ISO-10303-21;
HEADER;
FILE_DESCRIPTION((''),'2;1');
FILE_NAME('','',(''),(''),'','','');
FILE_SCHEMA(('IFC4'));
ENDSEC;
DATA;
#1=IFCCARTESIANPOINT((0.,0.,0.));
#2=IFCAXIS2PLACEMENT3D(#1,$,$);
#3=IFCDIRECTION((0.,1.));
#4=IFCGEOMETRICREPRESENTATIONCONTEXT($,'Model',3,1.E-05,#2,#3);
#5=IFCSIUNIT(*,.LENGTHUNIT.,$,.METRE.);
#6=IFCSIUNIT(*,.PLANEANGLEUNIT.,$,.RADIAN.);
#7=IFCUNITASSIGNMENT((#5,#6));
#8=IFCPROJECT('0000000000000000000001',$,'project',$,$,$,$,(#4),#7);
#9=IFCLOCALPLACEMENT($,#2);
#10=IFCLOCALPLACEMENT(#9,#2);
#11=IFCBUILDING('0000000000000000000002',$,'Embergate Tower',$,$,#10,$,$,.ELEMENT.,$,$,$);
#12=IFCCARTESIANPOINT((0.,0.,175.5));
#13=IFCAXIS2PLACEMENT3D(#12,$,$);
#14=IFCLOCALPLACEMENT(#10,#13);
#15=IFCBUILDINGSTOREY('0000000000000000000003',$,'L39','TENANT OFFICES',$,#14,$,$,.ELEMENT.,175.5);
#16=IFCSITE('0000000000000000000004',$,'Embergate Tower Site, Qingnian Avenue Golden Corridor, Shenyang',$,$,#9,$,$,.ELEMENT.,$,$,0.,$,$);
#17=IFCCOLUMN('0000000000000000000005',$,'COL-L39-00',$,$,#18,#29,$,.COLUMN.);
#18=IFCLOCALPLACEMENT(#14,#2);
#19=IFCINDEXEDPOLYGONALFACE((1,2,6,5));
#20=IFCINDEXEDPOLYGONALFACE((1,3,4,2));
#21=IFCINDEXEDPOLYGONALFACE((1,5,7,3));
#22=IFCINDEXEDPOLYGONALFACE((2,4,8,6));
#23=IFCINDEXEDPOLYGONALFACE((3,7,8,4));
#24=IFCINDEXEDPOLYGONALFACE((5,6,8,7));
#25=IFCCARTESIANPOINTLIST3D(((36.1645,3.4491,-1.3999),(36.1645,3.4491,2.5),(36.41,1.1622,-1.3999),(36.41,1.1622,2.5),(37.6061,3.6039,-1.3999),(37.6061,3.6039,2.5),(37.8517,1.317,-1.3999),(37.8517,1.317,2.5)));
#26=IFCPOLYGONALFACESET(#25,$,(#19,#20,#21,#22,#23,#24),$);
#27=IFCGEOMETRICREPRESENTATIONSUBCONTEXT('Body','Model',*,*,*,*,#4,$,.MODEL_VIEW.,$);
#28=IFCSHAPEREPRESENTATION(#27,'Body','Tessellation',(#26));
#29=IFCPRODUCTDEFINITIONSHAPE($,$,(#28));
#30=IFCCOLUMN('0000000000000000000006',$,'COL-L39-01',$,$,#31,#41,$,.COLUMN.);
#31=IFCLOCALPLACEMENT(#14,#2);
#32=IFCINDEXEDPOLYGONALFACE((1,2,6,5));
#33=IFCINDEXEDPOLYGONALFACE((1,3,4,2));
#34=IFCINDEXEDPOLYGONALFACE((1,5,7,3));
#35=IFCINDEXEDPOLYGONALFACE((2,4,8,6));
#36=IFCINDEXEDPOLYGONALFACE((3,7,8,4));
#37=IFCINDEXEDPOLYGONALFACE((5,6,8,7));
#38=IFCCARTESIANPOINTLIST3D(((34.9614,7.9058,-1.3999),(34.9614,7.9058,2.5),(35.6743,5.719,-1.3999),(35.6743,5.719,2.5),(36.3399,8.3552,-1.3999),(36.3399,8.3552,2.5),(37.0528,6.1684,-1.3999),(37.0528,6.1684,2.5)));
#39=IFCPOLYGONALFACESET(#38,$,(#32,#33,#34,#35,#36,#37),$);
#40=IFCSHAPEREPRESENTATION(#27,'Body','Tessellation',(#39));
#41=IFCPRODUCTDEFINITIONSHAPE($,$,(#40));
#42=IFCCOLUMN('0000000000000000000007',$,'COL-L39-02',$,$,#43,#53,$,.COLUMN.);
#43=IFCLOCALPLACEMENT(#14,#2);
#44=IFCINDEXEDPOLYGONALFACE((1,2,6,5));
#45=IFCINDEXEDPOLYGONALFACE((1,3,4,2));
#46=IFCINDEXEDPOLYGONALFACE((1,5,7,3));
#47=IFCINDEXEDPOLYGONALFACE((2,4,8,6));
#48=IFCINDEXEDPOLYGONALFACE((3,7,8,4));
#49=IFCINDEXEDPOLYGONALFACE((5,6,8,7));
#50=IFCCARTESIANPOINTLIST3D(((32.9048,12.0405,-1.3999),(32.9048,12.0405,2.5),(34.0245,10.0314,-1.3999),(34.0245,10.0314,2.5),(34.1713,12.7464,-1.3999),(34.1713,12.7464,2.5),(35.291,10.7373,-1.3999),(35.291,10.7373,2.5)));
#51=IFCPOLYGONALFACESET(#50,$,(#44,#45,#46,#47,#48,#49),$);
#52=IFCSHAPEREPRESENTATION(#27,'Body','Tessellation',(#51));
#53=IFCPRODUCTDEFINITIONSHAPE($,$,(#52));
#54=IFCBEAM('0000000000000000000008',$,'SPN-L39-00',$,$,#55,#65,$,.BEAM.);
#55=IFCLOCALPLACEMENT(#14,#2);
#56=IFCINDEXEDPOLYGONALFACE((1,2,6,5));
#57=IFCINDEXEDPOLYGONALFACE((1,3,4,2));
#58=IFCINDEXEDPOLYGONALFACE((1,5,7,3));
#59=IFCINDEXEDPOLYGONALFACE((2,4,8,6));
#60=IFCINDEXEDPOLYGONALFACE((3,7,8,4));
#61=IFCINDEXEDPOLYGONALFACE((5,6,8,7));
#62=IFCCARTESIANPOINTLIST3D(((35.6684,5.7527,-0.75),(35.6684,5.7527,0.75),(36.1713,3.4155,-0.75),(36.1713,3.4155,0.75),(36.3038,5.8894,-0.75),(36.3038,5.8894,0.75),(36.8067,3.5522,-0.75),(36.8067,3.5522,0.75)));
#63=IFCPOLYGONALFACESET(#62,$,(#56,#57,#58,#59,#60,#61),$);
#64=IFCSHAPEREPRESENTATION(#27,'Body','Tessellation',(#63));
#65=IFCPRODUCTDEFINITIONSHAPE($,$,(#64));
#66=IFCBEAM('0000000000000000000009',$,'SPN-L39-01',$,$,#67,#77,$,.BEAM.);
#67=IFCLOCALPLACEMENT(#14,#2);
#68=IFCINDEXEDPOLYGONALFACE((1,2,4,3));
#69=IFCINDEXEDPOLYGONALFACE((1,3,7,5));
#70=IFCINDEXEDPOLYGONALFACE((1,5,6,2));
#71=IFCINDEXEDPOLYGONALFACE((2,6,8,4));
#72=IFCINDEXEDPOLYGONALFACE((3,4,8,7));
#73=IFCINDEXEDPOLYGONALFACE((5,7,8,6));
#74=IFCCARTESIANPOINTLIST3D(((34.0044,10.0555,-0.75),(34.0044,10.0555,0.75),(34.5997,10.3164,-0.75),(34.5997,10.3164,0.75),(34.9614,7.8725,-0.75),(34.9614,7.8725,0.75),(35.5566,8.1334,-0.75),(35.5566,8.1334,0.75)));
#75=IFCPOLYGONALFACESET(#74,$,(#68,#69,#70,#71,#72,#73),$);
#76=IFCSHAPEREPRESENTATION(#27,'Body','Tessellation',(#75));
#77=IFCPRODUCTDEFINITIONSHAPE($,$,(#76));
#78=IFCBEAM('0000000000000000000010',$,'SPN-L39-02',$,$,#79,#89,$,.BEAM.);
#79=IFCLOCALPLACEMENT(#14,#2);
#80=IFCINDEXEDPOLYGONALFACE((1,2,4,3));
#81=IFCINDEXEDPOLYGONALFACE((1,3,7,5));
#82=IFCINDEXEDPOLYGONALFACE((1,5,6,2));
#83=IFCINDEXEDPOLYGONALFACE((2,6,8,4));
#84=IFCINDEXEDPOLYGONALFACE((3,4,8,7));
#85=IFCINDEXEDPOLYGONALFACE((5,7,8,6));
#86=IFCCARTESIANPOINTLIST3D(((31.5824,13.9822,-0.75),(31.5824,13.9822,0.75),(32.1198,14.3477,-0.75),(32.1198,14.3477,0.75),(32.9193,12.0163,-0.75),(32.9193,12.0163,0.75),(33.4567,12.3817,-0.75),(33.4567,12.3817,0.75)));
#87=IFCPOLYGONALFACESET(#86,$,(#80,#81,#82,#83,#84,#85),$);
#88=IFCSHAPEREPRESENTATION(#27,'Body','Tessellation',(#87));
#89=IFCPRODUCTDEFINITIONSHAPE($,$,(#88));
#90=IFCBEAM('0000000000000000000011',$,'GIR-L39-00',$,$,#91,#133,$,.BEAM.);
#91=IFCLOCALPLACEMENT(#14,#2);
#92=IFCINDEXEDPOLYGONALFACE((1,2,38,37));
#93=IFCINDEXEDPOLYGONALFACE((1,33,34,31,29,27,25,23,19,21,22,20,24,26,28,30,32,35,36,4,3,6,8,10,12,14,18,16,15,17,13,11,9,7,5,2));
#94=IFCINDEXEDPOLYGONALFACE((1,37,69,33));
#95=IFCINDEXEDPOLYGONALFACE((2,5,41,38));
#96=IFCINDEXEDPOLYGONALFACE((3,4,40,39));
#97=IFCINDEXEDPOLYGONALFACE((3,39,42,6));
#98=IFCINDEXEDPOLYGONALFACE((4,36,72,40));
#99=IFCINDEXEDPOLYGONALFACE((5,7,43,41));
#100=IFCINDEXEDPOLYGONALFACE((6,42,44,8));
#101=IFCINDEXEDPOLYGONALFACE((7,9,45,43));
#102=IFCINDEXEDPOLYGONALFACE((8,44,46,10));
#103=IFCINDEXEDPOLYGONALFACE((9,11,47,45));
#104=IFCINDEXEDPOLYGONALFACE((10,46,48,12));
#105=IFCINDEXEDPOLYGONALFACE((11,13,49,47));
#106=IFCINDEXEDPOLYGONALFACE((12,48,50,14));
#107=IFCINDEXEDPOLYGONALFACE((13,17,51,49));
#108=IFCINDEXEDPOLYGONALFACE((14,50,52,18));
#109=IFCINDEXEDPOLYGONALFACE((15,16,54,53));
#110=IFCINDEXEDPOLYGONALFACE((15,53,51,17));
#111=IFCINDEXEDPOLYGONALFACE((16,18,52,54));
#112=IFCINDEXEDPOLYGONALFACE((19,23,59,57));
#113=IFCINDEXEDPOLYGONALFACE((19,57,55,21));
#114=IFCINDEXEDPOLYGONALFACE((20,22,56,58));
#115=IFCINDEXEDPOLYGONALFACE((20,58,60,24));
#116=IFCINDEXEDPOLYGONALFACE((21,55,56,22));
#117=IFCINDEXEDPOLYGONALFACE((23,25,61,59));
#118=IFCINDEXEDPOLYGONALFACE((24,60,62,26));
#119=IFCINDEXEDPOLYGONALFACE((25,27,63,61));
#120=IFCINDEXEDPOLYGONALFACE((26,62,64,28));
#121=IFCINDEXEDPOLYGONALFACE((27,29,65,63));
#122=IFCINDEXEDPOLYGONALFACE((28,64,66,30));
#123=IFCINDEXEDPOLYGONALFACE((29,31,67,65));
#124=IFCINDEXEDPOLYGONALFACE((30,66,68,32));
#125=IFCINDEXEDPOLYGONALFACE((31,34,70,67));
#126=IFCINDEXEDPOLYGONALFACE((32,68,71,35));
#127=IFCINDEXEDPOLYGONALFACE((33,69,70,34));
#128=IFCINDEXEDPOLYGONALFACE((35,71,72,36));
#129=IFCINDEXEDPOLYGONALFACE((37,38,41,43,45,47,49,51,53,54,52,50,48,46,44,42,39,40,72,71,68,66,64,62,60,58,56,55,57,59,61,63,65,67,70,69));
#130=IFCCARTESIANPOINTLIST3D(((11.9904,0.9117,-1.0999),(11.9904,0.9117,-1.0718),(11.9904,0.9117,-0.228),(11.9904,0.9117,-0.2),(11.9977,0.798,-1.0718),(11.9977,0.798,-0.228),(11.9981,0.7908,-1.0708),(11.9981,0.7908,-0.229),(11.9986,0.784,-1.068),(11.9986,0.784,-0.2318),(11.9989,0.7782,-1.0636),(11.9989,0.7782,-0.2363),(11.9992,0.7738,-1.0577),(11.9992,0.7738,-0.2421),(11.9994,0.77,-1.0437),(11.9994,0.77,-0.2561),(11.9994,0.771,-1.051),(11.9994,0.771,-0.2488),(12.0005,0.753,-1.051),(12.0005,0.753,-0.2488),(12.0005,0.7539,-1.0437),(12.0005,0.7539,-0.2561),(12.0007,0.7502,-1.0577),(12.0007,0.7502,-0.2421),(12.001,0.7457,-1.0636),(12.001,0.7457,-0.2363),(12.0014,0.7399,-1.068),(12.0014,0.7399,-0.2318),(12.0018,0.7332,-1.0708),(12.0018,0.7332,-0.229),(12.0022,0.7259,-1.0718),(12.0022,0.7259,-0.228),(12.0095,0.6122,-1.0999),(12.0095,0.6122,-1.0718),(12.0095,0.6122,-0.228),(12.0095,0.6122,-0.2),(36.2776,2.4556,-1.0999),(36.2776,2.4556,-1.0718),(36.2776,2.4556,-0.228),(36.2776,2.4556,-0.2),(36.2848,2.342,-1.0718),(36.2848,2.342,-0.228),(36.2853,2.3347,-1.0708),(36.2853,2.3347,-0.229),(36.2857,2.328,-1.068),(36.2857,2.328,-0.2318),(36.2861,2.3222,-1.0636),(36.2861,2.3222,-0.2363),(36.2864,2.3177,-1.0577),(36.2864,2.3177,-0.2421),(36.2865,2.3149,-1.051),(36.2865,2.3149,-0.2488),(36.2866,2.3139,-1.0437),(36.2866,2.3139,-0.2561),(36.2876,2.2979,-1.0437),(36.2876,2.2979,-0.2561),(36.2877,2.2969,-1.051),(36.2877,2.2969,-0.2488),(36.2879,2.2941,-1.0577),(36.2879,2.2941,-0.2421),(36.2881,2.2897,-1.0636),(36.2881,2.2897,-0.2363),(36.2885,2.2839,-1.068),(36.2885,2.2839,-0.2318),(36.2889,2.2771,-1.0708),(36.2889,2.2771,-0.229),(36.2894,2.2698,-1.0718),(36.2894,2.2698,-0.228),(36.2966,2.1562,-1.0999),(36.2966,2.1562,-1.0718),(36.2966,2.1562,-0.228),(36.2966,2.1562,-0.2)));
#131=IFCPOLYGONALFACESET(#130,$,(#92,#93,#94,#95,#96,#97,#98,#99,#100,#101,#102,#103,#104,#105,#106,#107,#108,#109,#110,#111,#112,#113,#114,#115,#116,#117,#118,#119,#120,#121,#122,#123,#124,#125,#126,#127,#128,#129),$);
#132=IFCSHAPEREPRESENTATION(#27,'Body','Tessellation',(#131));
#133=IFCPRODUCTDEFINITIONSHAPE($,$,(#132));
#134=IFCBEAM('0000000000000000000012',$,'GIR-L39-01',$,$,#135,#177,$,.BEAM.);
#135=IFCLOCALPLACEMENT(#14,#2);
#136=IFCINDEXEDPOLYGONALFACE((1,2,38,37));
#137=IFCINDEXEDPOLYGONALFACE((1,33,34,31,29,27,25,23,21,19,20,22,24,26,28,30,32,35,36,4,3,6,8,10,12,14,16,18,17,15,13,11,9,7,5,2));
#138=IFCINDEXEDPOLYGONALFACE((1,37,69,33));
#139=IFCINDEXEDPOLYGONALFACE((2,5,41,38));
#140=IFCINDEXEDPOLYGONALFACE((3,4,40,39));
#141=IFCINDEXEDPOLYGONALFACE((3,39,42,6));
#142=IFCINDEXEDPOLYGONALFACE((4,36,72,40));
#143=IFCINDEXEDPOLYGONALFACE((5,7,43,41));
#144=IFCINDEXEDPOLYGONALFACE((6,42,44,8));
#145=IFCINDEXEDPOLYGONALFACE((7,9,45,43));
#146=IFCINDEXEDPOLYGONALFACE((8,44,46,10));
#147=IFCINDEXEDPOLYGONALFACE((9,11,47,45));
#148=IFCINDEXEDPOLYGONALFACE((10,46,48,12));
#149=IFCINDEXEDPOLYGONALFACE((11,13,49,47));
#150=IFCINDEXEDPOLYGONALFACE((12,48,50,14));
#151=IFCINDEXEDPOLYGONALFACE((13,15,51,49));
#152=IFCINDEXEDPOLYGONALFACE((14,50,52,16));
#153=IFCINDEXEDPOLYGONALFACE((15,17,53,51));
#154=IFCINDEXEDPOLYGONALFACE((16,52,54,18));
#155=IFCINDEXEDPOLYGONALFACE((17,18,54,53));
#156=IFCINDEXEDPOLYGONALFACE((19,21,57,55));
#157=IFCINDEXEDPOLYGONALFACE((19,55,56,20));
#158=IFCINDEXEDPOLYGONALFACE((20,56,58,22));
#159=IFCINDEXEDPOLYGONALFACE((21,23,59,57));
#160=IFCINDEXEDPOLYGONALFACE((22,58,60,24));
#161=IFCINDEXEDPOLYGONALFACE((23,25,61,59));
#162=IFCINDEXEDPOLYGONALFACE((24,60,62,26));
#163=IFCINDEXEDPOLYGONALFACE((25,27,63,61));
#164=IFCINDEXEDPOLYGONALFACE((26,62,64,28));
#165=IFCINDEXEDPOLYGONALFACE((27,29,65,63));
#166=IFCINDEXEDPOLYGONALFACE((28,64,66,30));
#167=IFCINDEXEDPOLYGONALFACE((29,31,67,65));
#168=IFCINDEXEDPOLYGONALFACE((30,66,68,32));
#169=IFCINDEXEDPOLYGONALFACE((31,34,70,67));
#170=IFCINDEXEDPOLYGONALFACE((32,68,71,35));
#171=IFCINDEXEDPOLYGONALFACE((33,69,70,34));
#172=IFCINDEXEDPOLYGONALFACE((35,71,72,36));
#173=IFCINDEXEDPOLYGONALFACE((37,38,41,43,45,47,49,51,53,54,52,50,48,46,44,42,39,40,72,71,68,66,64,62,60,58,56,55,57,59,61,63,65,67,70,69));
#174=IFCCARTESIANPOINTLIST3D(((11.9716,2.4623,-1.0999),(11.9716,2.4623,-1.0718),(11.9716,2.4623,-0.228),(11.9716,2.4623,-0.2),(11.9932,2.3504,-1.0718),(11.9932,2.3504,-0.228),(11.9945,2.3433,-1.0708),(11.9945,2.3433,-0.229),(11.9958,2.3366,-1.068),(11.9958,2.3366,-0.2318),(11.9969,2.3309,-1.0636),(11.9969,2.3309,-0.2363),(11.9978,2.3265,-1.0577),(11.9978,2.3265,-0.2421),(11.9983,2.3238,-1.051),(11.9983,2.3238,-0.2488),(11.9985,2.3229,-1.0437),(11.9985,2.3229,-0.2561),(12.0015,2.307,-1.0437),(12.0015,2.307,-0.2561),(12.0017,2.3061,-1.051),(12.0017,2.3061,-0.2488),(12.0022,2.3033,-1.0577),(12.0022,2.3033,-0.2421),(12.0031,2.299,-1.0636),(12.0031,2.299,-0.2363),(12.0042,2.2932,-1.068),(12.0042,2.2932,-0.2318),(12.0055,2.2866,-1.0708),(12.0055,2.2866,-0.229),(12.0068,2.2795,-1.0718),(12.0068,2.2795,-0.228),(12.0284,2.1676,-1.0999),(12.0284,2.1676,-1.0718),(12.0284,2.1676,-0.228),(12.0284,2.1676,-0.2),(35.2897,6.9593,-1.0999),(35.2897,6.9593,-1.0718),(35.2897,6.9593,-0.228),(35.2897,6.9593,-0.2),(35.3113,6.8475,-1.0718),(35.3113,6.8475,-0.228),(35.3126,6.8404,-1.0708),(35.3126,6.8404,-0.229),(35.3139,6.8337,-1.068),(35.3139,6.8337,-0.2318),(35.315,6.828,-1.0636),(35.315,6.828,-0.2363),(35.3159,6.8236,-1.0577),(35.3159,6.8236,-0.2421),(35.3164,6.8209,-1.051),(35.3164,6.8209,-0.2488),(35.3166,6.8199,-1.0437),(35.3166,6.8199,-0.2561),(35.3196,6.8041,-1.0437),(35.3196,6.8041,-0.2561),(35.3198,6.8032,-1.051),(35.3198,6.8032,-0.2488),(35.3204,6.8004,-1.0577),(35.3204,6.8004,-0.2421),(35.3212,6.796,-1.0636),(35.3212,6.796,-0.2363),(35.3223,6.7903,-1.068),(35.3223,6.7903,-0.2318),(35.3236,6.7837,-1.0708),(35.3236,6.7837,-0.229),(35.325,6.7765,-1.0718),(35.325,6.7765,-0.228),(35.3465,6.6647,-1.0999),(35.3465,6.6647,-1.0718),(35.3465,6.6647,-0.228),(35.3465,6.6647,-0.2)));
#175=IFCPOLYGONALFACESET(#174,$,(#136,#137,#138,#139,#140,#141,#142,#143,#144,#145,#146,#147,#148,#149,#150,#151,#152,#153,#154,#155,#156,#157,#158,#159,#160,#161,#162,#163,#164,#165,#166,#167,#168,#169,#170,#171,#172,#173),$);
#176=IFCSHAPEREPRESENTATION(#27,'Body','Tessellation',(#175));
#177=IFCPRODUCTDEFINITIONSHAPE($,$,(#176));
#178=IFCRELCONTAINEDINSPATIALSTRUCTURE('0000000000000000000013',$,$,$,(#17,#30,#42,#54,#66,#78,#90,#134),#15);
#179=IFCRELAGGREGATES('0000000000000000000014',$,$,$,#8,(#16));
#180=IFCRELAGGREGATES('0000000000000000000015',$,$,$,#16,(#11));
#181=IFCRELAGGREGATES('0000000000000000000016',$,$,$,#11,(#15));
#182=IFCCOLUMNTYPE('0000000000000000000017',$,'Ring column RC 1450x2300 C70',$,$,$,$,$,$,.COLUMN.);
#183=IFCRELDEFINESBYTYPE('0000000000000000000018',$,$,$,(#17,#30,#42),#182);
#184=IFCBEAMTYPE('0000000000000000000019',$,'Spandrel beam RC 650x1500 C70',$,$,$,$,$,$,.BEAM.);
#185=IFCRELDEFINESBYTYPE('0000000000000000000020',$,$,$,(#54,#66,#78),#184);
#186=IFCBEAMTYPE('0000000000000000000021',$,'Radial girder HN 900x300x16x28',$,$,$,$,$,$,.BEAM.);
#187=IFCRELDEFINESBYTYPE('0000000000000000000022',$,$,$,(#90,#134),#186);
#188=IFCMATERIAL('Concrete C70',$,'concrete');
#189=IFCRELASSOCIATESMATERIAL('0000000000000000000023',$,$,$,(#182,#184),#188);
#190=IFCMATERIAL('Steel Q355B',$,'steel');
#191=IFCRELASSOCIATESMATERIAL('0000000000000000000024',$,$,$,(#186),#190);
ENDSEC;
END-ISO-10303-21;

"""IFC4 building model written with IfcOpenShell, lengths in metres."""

from ifc_helpers import new_model, si_unit, direction, frame, origin, origin_2d, place, context, subcontext, project, spatial, rectangle, i_section, extrude, source, transform, mapped, material, material_profile, profile_set, type_object, element, save


model = new_model("IFC4")

# Units and contexts
model_context = context("Model", 3, precision=1e-05, world=origin(), true_north=direction((0.0, 1.0)))
body_context = subcontext(model_context, "Body", "Model", "MODEL_VIEW")
ifc_project = project(units=[si_unit("LENGTHUNIT", "METRE"), si_unit("PLANEANGLEUNIT", "RADIAN")], contexts=[model_context])

# Site, building, storey
site_placement = place(None, origin())
site = spatial("IfcSite", under=ifc_project, at=site_placement, Name="Embergate Tower Site, Qingnian Avenue Golden Corridor, Shenyang", CompositionType="ELEMENT", RefElevation=0.0)
building_placement = place(site_placement, origin())
building = spatial("IfcBuilding", under=site, at=building_placement, Name="Embergate Tower", CompositionType="ELEMENT")
storey_placement = place(building_placement, frame((0.0, 0.0, 175.5)))
storey = spatial("IfcBuildingStorey", under=building, at=storey_placement, Name="L39", Description="TENANT OFFICES", CompositionType="ELEMENT", Elevation=175.5)

# Columns
ifc_material_1 = material(Name="Concrete C70", Category="concrete")
ifc_material_profile_1 = material_profile(ifc_material_1, rectangle(XDim=1.45, YDim=2.3, at=origin_2d()), Name="RC 1450x2300")
ifc_profile_set_1 = profile_set([ifc_material_profile_1], Name="Concrete C70")
column_type = type_object("IfcColumnType", Name="Ring column RC 1450x2300 C70", PredefinedType="COLUMN", material=ifc_profile_set_1)
shared_shape_1 = source(origin(), body_context, "Body", "SweptSolid", [
    extrude(rectangle(XDim=1.45, YDim=2.3, at=origin_2d()), origin(), (0.0, 0.0, 1.0), 3.8999),
])
for number, where, z_axis, x_axis, name in (
    (1, (37.0081, 2.3831, -1.3999), (0.0, 0.0, 1.0), (0.994286, 0.10675, 0.0), "COL-L39-00"),
    (2, (36.0071, 7.0371, -1.3999), (0.0, 0.0, 1.0), (0.950754, 0.309946, 0.0), "COL-L39-01"),
    (3, (34.0979, 11.3889, -1.3999), (0.0, 0.0, 1.0), (0.873492, 0.486839, 0.0), "COL-L39-02"),
):
    element("IfcColumn", number, at=place(storey_placement, frame(where, z_axis=z_axis, x_axis=x_axis)), inside=storey, type_object=column_type, Name=name, PredefinedType="COLUMN", context=body_context, shape_type="MappedRepresentation", body=[
        mapped(shared_shape_1, transform((0.0, 0.0, 0.0))),
    ])

# Beams
ifc_material_profile_2 = material_profile(ifc_material_1, rectangle(XDim=0.6499, YDim=1.5, at=origin_2d()), Name="RC 650x1500")
ifc_profile_set_2 = profile_set([ifc_material_profile_2], Name="Concrete C70")
beam_type_1 = type_object("IfcBeamType", Name="Spandrel beam RC 650x1500 C70", PredefinedType="BEAM", material=ifc_profile_set_2)
shared_shape_2 = source(origin(), body_context, "Body", "SweptSolid", [
    extrude(rectangle(XDim=0.6499, YDim=1.5, at=origin_2d()), origin(), (0.0, 0.0, 1.0), 2.3906),
])
beam_1_placement = place(storey_placement, frame((36.489, 3.4839, 0.0), z_axis=(-0.210373, 0.977621, 0.0), x_axis=(-0.977621, -0.210373, 0.0)))
element("IfcBeam", 4, at=beam_1_placement, inside=storey, type_object=beam_type_1, Name="SPN-L39-00", PredefinedType="BEAM", context=body_context, shape_type="MappedRepresentation", body=[
    mapped(shared_shape_2, transform((0.0, 0.0, 0.0))),
])
shared_shape_3 = source(origin(), body_context, "Body", "SweptSolid", [
    extrude(rectangle(XDim=0.6499, YDim=1.5, at=origin_2d()), origin(), (0.0, 0.0, 1.0), 2.3835),
])
beam_2_placement = place(storey_placement, frame((35.259, 8.0029, 0.0), z_axis=(-0.401496, 0.915861, 0.0), x_axis=(-0.915861, -0.401496, 0.0)))
element("IfcBeam", 5, at=beam_2_placement, inside=storey, type_object=beam_type_1, Name="SPN-L39-01", PredefinedType="BEAM", context=body_context, shape_type="MappedRepresentation", body=[
    mapped(shared_shape_3, transform((0.0, 0.0, 0.0))),
])
shared_shape_4 = source(origin(), body_context, "Body", "SweptSolid", [
    extrude(rectangle(XDim=0.6499, YDim=1.5, at=origin_2d()), origin(), (0.0, 0.0, 1.0), 2.3774),
])
beam_3_placement = place(storey_placement, frame((33.188, 12.199, 0.0), z_axis=(-0.562307, 0.826928, 0.0), x_axis=(-0.826928, -0.562307, 0.0)))
element("IfcBeam", 6, at=beam_3_placement, inside=storey, type_object=beam_type_1, Name="SPN-L39-02", PredefinedType="BEAM", context=body_context, shape_type="MappedRepresentation", body=[
    mapped(shared_shape_4, transform((0.0, 0.0, 0.0))),
])
ifc_material_2 = material(Name="Steel Q355B", Category="steel")
ifc_material_profile_3 = material_profile(ifc_material_2, i_section(OverallWidth=0.3, OverallDepth=0.8999, WebThickness=0.0161, FlangeThickness=0.0281, FilletRadius=0.0281, at=origin_2d()), Name="HN 900x300x16x28")
ifc_profile_set_3 = profile_set([ifc_material_profile_3], Name="Steel Q355 grade B")
beam_type_2 = type_object("IfcBeamType", Name="Radial girder HN 900x300x16x28", PredefinedType="BEAM", material=ifc_profile_set_3)
shared_shape_5 = source(origin(), body_context, "Body", "SweptSolid", [
    extrude(i_section(OverallWidth=0.3, OverallDepth=0.8999, WebThickness=0.0161, FlangeThickness=0.0281, FilletRadius=0.0281, at=origin_2d()), origin(), (0.0, 0.0, 1.0), 24.3362),
])
beam_4_placement = place(storey_placement, frame((36.2871, 2.3059, -0.6499), z_axis=(-0.997985, -0.063443, 0.0), x_axis=(0.063443, -0.997985, 0.0)))
element("IfcBeam", 7, at=beam_4_placement, inside=storey, type_object=beam_type_2, Name="GIR-L39-00", PredefinedType="BEAM", context=body_context, shape_type="MappedRepresentation", body=[
    mapped(shared_shape_5, transform((0.0, 0.0, 0.0))),
])
shared_shape_6 = source(origin(), body_context, "Body", "SweptSolid", [
    extrude(i_section(OverallWidth=0.3, OverallDepth=0.8999, WebThickness=0.0161, FlangeThickness=0.0281, FilletRadius=0.0281, at=origin_2d()), origin(), (0.0, 0.0, 1.0), 23.7478),
])
beam_5_placement = place(storey_placement, frame((35.3181, 6.812, -0.6499), z_axis=(-0.981906, -0.189368, 0.0), x_axis=(0.189368, -0.981906, 0.0)))
element("IfcBeam", 8, at=beam_5_placement, inside=storey, type_object=beam_type_2, Name="GIR-L39-01", PredefinedType="BEAM", context=body_context, shape_type="MappedRepresentation", body=[
    mapped(shared_shape_6, transform((0.0, 0.0, 0.0))),
])

save(model, "model.ifc")
